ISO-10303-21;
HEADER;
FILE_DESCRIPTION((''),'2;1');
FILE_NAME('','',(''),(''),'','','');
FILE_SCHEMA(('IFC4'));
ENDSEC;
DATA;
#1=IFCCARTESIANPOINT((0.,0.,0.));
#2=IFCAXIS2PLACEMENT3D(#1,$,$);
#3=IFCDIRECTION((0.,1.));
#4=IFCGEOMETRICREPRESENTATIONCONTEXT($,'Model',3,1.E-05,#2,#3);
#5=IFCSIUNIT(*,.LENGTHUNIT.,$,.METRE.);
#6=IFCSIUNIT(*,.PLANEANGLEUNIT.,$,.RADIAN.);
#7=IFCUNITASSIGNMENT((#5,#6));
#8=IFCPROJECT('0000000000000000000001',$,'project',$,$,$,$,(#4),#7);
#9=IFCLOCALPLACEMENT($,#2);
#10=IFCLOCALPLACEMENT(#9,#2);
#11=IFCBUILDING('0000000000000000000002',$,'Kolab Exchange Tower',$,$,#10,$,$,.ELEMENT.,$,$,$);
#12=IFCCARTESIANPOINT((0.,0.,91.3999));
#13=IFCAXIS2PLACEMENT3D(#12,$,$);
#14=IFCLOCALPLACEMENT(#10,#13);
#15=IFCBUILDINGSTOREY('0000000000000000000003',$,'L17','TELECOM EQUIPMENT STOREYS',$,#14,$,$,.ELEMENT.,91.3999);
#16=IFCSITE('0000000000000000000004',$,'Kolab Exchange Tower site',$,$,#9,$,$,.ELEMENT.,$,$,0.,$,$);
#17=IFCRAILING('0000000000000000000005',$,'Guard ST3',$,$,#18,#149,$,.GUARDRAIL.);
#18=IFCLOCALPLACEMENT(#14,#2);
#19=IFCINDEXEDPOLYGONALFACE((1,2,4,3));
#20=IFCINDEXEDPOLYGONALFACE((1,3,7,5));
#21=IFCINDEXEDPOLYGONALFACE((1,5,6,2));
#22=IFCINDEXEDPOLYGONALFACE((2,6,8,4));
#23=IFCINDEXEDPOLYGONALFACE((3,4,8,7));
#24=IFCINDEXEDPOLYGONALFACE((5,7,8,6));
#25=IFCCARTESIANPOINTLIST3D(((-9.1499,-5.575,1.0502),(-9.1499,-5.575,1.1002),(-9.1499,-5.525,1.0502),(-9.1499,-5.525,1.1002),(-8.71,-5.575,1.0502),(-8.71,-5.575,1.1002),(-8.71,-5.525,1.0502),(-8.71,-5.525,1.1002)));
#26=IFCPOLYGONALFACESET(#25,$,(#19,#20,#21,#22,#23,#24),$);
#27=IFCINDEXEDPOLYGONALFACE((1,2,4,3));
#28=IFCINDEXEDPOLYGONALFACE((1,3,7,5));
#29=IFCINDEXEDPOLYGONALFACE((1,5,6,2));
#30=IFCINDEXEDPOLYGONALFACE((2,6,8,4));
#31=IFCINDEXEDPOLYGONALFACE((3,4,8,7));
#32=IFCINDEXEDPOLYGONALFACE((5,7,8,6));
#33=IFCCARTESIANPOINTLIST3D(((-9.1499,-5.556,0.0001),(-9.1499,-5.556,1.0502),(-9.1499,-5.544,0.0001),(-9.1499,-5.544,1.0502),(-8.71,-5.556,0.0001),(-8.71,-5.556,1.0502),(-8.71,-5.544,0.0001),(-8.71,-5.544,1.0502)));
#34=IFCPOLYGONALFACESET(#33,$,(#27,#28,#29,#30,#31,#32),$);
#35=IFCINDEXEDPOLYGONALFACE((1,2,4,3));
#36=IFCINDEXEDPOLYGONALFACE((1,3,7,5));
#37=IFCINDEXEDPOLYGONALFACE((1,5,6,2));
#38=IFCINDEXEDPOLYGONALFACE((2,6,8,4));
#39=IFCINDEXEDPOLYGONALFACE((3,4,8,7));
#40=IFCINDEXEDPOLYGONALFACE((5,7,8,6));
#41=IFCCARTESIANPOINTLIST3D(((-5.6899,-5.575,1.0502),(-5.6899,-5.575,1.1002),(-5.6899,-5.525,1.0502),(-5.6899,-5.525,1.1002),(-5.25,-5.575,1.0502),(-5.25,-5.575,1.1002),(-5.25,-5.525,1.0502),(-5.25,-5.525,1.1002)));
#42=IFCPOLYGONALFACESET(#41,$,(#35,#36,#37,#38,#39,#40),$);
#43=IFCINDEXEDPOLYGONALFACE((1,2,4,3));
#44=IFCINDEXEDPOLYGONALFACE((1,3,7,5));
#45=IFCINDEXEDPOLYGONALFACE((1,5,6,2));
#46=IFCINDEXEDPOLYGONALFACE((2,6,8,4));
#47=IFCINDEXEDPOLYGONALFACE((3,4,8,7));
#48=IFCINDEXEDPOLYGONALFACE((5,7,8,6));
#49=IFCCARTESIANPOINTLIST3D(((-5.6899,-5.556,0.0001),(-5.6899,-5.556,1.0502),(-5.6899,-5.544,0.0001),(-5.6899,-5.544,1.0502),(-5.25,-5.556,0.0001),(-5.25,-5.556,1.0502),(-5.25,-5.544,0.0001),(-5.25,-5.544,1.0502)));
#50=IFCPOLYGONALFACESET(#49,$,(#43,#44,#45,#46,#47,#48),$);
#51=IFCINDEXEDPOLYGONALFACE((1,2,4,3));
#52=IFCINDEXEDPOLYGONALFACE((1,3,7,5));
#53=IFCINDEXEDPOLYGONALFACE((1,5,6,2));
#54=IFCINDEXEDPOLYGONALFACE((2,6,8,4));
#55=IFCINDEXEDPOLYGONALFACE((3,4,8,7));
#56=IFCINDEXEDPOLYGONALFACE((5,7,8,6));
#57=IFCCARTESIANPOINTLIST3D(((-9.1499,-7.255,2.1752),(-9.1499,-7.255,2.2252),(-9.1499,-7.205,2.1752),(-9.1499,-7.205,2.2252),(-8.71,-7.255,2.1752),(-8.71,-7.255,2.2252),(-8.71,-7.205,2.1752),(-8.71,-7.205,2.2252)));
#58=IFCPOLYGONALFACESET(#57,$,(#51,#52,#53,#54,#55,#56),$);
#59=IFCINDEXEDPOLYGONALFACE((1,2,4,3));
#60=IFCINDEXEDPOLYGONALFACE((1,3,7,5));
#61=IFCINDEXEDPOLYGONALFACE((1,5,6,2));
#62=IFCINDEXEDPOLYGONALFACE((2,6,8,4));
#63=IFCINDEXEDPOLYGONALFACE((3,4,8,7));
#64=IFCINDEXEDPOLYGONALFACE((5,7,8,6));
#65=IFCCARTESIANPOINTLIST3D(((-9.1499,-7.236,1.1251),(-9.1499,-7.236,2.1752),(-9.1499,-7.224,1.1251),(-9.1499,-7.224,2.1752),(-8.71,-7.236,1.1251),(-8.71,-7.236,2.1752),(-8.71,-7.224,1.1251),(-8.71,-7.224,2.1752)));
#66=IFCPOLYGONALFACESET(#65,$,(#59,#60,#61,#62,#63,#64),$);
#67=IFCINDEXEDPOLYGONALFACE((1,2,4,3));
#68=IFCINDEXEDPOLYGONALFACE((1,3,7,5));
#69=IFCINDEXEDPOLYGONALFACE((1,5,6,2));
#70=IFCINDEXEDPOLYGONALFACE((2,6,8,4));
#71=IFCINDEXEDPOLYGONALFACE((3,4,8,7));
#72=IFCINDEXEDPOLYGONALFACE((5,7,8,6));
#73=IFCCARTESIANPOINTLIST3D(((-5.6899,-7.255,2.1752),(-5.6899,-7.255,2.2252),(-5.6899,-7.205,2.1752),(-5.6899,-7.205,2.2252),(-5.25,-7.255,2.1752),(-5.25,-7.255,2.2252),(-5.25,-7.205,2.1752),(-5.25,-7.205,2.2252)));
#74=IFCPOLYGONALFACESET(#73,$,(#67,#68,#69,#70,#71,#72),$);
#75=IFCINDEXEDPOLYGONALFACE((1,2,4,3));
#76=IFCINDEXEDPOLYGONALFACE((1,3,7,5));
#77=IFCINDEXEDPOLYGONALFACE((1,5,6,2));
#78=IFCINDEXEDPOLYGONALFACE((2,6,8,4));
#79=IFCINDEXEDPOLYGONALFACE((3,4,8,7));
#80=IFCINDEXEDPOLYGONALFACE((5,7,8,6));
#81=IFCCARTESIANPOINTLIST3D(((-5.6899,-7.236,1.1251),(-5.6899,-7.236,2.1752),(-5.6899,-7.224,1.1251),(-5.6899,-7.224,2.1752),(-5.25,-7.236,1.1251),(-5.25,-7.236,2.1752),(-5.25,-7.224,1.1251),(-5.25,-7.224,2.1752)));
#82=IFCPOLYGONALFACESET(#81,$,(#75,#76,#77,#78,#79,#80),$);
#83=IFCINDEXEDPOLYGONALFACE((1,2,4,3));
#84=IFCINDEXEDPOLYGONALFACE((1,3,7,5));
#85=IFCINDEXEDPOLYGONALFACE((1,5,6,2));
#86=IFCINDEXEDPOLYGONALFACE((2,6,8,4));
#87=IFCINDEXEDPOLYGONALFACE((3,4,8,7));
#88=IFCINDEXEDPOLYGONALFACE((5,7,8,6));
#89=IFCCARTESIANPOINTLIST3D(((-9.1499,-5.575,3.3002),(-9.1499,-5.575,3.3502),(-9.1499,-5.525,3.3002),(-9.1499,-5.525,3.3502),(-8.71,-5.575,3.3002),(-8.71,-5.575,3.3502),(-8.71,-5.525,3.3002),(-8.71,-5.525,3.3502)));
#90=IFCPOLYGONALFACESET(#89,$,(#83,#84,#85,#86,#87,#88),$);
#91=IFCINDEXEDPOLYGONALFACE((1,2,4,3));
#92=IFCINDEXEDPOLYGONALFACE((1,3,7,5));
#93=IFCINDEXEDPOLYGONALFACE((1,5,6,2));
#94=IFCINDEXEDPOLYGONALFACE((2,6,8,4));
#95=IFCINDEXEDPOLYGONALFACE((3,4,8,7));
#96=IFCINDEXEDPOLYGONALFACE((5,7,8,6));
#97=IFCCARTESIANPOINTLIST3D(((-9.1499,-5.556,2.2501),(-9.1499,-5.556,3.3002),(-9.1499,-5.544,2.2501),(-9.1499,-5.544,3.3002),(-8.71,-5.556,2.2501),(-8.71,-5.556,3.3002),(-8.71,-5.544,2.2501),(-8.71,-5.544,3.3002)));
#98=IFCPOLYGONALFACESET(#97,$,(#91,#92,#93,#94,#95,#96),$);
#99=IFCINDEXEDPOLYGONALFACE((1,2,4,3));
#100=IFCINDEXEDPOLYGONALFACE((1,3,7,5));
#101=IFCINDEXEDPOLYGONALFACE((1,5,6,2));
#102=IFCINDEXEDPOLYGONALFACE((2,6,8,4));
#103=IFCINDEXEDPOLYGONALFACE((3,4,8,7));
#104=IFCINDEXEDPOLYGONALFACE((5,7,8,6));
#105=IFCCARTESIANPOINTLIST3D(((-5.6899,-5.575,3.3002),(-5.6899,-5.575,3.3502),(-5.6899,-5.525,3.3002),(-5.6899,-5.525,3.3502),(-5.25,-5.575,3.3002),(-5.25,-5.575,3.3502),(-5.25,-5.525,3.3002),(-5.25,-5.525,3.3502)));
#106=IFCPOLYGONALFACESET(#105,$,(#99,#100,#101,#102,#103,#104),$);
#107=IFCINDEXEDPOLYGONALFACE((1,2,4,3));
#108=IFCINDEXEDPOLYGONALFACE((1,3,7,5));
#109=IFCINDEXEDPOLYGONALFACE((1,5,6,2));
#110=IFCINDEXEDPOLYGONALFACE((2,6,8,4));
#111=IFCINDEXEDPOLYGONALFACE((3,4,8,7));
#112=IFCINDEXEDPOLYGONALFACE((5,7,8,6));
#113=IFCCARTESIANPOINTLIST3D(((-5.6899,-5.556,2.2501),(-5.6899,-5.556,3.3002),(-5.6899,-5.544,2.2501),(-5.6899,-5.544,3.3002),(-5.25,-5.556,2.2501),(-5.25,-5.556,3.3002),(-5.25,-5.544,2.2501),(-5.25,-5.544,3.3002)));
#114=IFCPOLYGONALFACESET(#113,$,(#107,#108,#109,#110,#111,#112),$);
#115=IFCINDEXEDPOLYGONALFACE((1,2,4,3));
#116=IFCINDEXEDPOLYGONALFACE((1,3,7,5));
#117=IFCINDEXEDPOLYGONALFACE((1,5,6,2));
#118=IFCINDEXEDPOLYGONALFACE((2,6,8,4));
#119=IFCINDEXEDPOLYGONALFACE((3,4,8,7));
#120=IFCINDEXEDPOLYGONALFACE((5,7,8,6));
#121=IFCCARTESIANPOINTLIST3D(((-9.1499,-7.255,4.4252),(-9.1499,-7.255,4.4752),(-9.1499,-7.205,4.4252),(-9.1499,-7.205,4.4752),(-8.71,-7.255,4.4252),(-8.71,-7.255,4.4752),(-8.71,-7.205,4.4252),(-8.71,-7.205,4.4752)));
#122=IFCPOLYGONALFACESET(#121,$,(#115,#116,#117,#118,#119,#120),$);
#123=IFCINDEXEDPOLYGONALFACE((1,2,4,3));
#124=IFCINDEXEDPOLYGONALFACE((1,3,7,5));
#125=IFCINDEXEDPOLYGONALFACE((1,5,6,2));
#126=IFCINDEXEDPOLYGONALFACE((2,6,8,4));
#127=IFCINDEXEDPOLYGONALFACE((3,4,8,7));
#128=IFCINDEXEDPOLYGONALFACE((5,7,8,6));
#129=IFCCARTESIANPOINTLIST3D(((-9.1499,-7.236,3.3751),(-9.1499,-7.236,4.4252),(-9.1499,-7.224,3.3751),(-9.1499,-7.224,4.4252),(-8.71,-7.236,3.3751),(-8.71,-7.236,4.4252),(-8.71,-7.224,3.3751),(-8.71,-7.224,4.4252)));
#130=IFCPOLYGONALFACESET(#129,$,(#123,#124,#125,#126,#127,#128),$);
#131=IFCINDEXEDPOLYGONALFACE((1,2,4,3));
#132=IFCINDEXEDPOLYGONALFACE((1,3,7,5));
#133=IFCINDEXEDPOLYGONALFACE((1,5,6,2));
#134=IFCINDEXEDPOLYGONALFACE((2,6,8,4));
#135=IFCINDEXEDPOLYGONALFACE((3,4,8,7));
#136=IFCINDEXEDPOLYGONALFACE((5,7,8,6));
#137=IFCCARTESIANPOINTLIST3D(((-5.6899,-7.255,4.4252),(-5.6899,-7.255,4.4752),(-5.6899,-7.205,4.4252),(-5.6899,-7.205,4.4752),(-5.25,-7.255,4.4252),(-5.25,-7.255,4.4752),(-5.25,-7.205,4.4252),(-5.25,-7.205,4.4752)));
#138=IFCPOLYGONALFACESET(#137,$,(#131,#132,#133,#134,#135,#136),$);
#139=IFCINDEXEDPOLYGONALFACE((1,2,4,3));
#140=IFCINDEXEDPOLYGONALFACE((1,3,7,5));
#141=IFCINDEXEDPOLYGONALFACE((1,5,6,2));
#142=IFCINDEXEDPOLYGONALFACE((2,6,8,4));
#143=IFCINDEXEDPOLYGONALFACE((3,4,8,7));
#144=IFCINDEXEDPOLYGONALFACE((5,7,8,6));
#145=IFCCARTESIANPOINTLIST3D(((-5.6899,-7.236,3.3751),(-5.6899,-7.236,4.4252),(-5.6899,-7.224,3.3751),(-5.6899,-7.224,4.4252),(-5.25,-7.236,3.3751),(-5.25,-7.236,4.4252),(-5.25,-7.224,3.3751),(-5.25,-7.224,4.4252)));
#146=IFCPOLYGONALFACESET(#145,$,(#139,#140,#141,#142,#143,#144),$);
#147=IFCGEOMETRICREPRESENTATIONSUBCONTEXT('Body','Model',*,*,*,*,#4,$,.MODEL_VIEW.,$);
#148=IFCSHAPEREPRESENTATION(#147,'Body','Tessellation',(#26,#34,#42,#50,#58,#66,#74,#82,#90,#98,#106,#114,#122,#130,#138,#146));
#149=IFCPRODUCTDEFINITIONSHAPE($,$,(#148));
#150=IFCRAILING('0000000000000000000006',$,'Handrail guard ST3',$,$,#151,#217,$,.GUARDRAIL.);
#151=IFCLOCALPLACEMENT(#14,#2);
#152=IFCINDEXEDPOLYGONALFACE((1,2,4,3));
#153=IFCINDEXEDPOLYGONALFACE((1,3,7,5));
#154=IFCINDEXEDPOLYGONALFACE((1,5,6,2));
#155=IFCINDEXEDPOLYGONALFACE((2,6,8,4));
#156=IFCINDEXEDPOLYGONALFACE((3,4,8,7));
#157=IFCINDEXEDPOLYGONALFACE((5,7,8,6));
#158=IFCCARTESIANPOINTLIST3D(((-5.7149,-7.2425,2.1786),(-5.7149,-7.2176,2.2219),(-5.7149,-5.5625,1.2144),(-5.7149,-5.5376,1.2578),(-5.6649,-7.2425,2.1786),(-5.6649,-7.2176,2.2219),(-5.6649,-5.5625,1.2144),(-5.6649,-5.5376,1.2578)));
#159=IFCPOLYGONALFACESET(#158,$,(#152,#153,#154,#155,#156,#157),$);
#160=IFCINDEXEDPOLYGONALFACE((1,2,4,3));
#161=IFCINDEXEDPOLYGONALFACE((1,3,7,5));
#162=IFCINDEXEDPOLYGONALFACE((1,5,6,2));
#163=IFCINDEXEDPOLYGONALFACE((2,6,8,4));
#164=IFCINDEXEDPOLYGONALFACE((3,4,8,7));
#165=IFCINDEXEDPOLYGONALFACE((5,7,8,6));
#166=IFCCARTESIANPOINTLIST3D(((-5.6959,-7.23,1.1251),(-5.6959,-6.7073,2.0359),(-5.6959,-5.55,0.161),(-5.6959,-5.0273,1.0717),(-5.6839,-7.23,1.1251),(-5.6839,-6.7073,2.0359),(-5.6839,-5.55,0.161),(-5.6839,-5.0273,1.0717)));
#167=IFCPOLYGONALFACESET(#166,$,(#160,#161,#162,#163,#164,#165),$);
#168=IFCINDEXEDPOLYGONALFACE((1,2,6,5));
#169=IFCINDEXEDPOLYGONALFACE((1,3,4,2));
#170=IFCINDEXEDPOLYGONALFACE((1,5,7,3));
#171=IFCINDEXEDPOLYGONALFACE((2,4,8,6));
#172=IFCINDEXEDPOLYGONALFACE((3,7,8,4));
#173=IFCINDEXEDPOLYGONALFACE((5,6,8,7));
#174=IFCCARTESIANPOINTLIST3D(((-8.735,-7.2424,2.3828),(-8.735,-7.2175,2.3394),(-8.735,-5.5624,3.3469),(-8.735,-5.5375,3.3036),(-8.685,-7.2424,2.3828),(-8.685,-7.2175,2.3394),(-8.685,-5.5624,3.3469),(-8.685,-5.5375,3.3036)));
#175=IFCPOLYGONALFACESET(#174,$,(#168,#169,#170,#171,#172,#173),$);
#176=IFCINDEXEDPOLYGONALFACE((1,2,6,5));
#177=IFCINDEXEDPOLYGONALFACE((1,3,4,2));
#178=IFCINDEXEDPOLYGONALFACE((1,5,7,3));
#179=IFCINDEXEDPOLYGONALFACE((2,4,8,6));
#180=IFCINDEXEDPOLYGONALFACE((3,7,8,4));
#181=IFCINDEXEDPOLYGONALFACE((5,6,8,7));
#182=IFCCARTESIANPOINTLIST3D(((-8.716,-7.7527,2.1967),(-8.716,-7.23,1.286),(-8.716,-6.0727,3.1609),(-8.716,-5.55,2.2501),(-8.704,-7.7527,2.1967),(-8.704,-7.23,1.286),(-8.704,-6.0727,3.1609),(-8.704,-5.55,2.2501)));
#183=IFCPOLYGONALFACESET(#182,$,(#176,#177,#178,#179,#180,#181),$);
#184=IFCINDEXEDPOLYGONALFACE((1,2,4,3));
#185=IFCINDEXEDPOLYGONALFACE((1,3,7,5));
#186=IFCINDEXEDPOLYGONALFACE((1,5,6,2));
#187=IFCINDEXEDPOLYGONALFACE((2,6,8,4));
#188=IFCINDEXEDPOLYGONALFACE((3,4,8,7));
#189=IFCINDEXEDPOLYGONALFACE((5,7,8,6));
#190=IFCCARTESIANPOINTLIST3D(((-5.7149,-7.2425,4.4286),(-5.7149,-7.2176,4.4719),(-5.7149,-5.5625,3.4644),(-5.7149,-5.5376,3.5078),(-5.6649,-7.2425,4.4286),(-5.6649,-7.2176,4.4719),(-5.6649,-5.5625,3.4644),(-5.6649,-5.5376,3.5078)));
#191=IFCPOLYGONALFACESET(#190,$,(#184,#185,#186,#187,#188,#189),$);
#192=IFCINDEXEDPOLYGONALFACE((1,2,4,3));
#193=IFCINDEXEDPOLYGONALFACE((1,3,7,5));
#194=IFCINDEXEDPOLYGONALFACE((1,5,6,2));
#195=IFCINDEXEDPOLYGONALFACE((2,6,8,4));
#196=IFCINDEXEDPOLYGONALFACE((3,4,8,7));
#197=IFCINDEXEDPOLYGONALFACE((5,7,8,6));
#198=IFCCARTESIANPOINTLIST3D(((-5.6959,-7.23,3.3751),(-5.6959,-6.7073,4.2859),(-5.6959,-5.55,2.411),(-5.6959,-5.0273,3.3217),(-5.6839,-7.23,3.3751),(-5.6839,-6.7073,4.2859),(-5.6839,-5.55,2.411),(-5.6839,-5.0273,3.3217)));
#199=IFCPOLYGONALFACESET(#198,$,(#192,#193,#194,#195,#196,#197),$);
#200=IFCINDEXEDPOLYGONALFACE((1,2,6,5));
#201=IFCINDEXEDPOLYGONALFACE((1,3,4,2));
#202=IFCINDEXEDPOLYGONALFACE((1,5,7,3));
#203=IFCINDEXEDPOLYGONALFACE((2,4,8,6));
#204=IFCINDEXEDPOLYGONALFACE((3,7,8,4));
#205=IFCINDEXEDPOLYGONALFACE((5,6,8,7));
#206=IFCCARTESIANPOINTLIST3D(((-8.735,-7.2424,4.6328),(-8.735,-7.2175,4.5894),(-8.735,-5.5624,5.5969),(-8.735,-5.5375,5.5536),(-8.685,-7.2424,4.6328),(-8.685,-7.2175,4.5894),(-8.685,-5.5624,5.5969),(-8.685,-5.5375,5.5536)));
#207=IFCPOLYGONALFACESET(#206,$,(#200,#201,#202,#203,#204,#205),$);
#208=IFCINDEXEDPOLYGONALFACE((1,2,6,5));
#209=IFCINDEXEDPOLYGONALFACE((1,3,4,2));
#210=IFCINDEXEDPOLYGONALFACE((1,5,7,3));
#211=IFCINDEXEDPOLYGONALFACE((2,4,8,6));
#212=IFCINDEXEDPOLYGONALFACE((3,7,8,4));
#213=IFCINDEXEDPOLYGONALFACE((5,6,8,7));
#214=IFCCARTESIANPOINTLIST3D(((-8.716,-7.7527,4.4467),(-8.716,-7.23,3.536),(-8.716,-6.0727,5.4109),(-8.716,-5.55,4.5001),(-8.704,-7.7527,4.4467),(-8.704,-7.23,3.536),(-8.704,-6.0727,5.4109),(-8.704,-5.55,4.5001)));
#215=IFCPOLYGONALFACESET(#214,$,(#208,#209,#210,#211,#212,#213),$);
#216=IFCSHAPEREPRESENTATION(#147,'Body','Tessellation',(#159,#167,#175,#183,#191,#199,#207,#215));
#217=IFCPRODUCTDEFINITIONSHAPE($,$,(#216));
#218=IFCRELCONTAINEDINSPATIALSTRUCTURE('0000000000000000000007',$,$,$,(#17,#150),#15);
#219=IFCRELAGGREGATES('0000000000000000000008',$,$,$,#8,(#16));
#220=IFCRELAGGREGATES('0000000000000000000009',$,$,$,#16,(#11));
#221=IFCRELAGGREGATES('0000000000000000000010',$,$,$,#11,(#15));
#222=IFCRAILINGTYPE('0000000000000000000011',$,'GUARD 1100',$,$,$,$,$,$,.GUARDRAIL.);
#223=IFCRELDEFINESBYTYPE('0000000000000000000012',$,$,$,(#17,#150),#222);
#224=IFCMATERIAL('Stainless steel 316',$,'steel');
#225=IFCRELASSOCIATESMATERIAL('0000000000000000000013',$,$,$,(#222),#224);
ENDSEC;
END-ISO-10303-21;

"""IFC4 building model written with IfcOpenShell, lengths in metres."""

from ifc_helpers import new_model, si_unit, direction, frame, frame_2d, origin, origin_2d, place, context, subcontext, project, spatial, rectangle, extrude, material, type_object, element, save


model = new_model("IFC4")

# Units and contexts
model_context = context("Model", 3, precision=1e-05, world=origin(), true_north=direction((0.0, 1.0)))
body_context = subcontext(model_context, "Body", "Model", "MODEL_VIEW")
ifc_project = project(units=[si_unit("LENGTHUNIT", "METRE"), si_unit("PLANEANGLEUNIT", "RADIAN")], contexts=[model_context])

# Site, building, storey
site_placement = place(None, origin())
site = spatial("IfcSite", under=ifc_project, at=site_placement, Name="Kolab Exchange Tower site", CompositionType="ELEMENT", RefElevation=0.0)
building_placement = place(site_placement, origin())
building = spatial("IfcBuilding", under=site, at=building_placement, Name="Kolab Exchange Tower", CompositionType="ELEMENT")
storey_placement = place(building_placement, frame((0.0, 0.0, 91.3999)))
storey = spatial("IfcBuildingStorey", under=building, at=storey_placement, Name="L17", Description="TELECOM EQUIPMENT STOREYS", CompositionType="ELEMENT", Elevation=91.3999)

# Shared definitions
ifc_material_1 = material(Name="Stainless steel 316", Category="steel")

# Railings
railing_type = type_object("IfcRailingType", Name="GUARD 1100", PredefinedType="GUARDRAIL", material=ifc_material_1)
railing_1_placement = place(storey_placement, frame((-9.1499, -5.55, 0.0)))
element("IfcRailing", 1, at=railing_1_placement, inside=storey, type_object=railing_type, Name="Guard ST3", PredefinedType="GUARDRAIL", context=body_context, shape_type="SweptSolid", body=[
    extrude(rectangle(XDim=0.05, YDim=0.05, at=origin_2d()), frame((0.0, 0.0, 1.0752), z_axis=(1.0, 0.0, 0.0), x_axis=(0.0, 1.0, 0.0)), (0.0, 0.0, 1.0), 0.4399),
    extrude(rectangle(XDim=0.012, YDim=1.0501, at=frame_2d((0.0, 0.5251))), frame((0.0, 0.0, 0.0), z_axis=(1.0, 0.0, 0.0), x_axis=(0.0, 1.0, 0.0)), (0.0, 0.0, 1.0), 0.4399),
    extrude(rectangle(XDim=0.05, YDim=0.05, at=origin_2d()), frame((3.46, 0.0, 1.0752), z_axis=(1.0, 0.0, 0.0), x_axis=(0.0, 1.0, 0.0)), (0.0, 0.0, 1.0), 0.4399),
    extrude(rectangle(XDim=0.012, YDim=1.0501, at=frame_2d((0.0, 0.5251))), frame((3.46, 0.0, 0.0), z_axis=(1.0, 0.0, 0.0), x_axis=(0.0, 1.0, 0.0)), (0.0, 0.0, 1.0), 0.4399),
    extrude(rectangle(XDim=0.05, YDim=0.05, at=origin_2d()), frame((0.0, -1.6799, 2.2002), z_axis=(1.0, 0.0, 0.0), x_axis=(0.0, 1.0, 0.0)), (0.0, 0.0, 1.0), 0.4399),
    extrude(rectangle(XDim=0.012, YDim=1.0501, at=frame_2d((0.0, 0.5251))), frame((0.0, -1.6799, 1.125), z_axis=(1.0, 0.0, 0.0), x_axis=(0.0, 1.0, 0.0)), (0.0, 0.0, 1.0), 0.4399),
    extrude(rectangle(XDim=0.05, YDim=0.05, at=origin_2d()), frame((3.46, -1.6799, 2.2002), z_axis=(1.0, 0.0, 0.0), x_axis=(0.0, 1.0, 0.0)), (0.0, 0.0, 1.0), 0.4399),
    extrude(rectangle(XDim=0.012, YDim=1.0501, at=frame_2d((0.0, 0.5251))), frame((3.46, -1.6799, 1.125), z_axis=(1.0, 0.0, 0.0), x_axis=(0.0, 1.0, 0.0)), (0.0, 0.0, 1.0), 0.4399),
    extrude(rectangle(XDim=0.05, YDim=0.05, at=origin_2d()), frame((0.0, 0.0, 3.3252), z_axis=(1.0, 0.0, 0.0), x_axis=(0.0, 1.0, 0.0)), (0.0, 0.0, 1.0), 0.4399),
    extrude(rectangle(XDim=0.012, YDim=1.0501, at=frame_2d((0.0, 0.5251))), frame((0.0, 0.0, 2.25), z_axis=(1.0, 0.0, 0.0), x_axis=(0.0, 1.0, 0.0)), (0.0, 0.0, 1.0), 0.4399),
    extrude(rectangle(XDim=0.05, YDim=0.05, at=origin_2d()), frame((3.46, 0.0, 3.3252), z_axis=(1.0, 0.0, 0.0), x_axis=(0.0, 1.0, 0.0)), (0.0, 0.0, 1.0), 0.4399),
    extrude(rectangle(XDim=0.012, YDim=1.0501, at=frame_2d((0.0, 0.5251))), frame((3.46, 0.0, 2.25), z_axis=(1.0, 0.0, 0.0), x_axis=(0.0, 1.0, 0.0)), (0.0, 0.0, 1.0), 0.4399),
    extrude(rectangle(XDim=0.05, YDim=0.05, at=origin_2d()), frame((0.0, -1.6799, 4.4502), z_axis=(1.0, 0.0, 0.0), x_axis=(0.0, 1.0, 0.0)), (0.0, 0.0, 1.0), 0.4399),
    extrude(rectangle(XDim=0.012, YDim=1.0501, at=frame_2d((0.0, 0.5251))), frame((0.0, -1.6799, 3.375), z_axis=(1.0, 0.0, 0.0), x_axis=(0.0, 1.0, 0.0)), (0.0, 0.0, 1.0), 0.4399),
    extrude(rectangle(XDim=0.05, YDim=0.05, at=origin_2d()), frame((3.46, -1.6799, 4.4502), z_axis=(1.0, 0.0, 0.0), x_axis=(0.0, 1.0, 0.0)), (0.0, 0.0, 1.0), 0.4399),
    extrude(rectangle(XDim=0.012, YDim=1.0501, at=frame_2d((0.0, 0.5251))), frame((3.46, -1.6799, 3.375), z_axis=(1.0, 0.0, 0.0), x_axis=(0.0, 1.0, 0.0)), (0.0, 0.0, 1.0), 0.4399),
])
railing_2_placement = place(storey_placement, frame((-5.6899, -5.55, 0.1609)))
element("IfcRailing", 2, at=railing_2_placement, inside=storey, type_object=railing_type, Name="Handrail guard ST3", PredefinedType="GUARDRAIL", context=body_context, shape_type="SweptSolid", body=[
    extrude(rectangle(XDim=0.05, YDim=0.05, at=origin_2d()), frame((0.0, 0.0, 1.0752), z_axis=(0.0, -0.867319, 0.497753), x_axis=(1.0, 0.0, 0.0)), (0.0, 0.0, 1.0), 1.937),
    extrude(rectangle(XDim=0.012, YDim=1.0501, at=frame_2d((0.0, 0.5251))), frame((0.0, 0.0, 0.0), z_axis=(0.0, -0.867319, 0.497753), x_axis=(1.0, 0.0, 0.0)), (0.0, 0.0, 1.0), 1.937),
    extrude(rectangle(XDim=0.05, YDim=0.05, at=origin_2d()), frame((-3.02, -1.6799, 2.2002), z_axis=(0.0, 0.867319, 0.497753), x_axis=(-1.0, 0.0, 0.0)), (0.0, 0.0, 1.0), 1.937),
    extrude(rectangle(XDim=0.012, YDim=1.0501, at=frame_2d((0.0, 0.5251))), frame((-3.02, -1.6799, 1.125), z_axis=(0.0, 0.867319, 0.497753), x_axis=(-1.0, 0.0, 0.0)), (0.0, 0.0, 1.0), 1.937),
    extrude(rectangle(XDim=0.05, YDim=0.05, at=origin_2d()), frame((0.0, 0.0, 3.3252), z_axis=(0.0, -0.867319, 0.497753), x_axis=(1.0, 0.0, 0.0)), (0.0, 0.0, 1.0), 1.937),
    extrude(rectangle(XDim=0.012, YDim=1.0501, at=frame_2d((0.0, 0.5251))), frame((0.0, 0.0, 2.25), z_axis=(0.0, -0.867319, 0.497753), x_axis=(1.0, 0.0, 0.0)), (0.0, 0.0, 1.0), 1.937),
    extrude(rectangle(XDim=0.05, YDim=0.05, at=origin_2d()), frame((-3.02, -1.6799, 4.4502), z_axis=(0.0, 0.867319, 0.497753), x_axis=(-1.0, 0.0, 0.0)), (0.0, 0.0, 1.0), 1.937),
    extrude(rectangle(XDim=0.012, YDim=1.0501, at=frame_2d((0.0, 0.5251))), frame((-3.02, -1.6799, 3.375), z_axis=(0.0, 0.867319, 0.497753), x_axis=(-1.0, 0.0, 0.0)), (0.0, 0.0, 1.0), 1.937),
])

save(model, "model.ifc")
